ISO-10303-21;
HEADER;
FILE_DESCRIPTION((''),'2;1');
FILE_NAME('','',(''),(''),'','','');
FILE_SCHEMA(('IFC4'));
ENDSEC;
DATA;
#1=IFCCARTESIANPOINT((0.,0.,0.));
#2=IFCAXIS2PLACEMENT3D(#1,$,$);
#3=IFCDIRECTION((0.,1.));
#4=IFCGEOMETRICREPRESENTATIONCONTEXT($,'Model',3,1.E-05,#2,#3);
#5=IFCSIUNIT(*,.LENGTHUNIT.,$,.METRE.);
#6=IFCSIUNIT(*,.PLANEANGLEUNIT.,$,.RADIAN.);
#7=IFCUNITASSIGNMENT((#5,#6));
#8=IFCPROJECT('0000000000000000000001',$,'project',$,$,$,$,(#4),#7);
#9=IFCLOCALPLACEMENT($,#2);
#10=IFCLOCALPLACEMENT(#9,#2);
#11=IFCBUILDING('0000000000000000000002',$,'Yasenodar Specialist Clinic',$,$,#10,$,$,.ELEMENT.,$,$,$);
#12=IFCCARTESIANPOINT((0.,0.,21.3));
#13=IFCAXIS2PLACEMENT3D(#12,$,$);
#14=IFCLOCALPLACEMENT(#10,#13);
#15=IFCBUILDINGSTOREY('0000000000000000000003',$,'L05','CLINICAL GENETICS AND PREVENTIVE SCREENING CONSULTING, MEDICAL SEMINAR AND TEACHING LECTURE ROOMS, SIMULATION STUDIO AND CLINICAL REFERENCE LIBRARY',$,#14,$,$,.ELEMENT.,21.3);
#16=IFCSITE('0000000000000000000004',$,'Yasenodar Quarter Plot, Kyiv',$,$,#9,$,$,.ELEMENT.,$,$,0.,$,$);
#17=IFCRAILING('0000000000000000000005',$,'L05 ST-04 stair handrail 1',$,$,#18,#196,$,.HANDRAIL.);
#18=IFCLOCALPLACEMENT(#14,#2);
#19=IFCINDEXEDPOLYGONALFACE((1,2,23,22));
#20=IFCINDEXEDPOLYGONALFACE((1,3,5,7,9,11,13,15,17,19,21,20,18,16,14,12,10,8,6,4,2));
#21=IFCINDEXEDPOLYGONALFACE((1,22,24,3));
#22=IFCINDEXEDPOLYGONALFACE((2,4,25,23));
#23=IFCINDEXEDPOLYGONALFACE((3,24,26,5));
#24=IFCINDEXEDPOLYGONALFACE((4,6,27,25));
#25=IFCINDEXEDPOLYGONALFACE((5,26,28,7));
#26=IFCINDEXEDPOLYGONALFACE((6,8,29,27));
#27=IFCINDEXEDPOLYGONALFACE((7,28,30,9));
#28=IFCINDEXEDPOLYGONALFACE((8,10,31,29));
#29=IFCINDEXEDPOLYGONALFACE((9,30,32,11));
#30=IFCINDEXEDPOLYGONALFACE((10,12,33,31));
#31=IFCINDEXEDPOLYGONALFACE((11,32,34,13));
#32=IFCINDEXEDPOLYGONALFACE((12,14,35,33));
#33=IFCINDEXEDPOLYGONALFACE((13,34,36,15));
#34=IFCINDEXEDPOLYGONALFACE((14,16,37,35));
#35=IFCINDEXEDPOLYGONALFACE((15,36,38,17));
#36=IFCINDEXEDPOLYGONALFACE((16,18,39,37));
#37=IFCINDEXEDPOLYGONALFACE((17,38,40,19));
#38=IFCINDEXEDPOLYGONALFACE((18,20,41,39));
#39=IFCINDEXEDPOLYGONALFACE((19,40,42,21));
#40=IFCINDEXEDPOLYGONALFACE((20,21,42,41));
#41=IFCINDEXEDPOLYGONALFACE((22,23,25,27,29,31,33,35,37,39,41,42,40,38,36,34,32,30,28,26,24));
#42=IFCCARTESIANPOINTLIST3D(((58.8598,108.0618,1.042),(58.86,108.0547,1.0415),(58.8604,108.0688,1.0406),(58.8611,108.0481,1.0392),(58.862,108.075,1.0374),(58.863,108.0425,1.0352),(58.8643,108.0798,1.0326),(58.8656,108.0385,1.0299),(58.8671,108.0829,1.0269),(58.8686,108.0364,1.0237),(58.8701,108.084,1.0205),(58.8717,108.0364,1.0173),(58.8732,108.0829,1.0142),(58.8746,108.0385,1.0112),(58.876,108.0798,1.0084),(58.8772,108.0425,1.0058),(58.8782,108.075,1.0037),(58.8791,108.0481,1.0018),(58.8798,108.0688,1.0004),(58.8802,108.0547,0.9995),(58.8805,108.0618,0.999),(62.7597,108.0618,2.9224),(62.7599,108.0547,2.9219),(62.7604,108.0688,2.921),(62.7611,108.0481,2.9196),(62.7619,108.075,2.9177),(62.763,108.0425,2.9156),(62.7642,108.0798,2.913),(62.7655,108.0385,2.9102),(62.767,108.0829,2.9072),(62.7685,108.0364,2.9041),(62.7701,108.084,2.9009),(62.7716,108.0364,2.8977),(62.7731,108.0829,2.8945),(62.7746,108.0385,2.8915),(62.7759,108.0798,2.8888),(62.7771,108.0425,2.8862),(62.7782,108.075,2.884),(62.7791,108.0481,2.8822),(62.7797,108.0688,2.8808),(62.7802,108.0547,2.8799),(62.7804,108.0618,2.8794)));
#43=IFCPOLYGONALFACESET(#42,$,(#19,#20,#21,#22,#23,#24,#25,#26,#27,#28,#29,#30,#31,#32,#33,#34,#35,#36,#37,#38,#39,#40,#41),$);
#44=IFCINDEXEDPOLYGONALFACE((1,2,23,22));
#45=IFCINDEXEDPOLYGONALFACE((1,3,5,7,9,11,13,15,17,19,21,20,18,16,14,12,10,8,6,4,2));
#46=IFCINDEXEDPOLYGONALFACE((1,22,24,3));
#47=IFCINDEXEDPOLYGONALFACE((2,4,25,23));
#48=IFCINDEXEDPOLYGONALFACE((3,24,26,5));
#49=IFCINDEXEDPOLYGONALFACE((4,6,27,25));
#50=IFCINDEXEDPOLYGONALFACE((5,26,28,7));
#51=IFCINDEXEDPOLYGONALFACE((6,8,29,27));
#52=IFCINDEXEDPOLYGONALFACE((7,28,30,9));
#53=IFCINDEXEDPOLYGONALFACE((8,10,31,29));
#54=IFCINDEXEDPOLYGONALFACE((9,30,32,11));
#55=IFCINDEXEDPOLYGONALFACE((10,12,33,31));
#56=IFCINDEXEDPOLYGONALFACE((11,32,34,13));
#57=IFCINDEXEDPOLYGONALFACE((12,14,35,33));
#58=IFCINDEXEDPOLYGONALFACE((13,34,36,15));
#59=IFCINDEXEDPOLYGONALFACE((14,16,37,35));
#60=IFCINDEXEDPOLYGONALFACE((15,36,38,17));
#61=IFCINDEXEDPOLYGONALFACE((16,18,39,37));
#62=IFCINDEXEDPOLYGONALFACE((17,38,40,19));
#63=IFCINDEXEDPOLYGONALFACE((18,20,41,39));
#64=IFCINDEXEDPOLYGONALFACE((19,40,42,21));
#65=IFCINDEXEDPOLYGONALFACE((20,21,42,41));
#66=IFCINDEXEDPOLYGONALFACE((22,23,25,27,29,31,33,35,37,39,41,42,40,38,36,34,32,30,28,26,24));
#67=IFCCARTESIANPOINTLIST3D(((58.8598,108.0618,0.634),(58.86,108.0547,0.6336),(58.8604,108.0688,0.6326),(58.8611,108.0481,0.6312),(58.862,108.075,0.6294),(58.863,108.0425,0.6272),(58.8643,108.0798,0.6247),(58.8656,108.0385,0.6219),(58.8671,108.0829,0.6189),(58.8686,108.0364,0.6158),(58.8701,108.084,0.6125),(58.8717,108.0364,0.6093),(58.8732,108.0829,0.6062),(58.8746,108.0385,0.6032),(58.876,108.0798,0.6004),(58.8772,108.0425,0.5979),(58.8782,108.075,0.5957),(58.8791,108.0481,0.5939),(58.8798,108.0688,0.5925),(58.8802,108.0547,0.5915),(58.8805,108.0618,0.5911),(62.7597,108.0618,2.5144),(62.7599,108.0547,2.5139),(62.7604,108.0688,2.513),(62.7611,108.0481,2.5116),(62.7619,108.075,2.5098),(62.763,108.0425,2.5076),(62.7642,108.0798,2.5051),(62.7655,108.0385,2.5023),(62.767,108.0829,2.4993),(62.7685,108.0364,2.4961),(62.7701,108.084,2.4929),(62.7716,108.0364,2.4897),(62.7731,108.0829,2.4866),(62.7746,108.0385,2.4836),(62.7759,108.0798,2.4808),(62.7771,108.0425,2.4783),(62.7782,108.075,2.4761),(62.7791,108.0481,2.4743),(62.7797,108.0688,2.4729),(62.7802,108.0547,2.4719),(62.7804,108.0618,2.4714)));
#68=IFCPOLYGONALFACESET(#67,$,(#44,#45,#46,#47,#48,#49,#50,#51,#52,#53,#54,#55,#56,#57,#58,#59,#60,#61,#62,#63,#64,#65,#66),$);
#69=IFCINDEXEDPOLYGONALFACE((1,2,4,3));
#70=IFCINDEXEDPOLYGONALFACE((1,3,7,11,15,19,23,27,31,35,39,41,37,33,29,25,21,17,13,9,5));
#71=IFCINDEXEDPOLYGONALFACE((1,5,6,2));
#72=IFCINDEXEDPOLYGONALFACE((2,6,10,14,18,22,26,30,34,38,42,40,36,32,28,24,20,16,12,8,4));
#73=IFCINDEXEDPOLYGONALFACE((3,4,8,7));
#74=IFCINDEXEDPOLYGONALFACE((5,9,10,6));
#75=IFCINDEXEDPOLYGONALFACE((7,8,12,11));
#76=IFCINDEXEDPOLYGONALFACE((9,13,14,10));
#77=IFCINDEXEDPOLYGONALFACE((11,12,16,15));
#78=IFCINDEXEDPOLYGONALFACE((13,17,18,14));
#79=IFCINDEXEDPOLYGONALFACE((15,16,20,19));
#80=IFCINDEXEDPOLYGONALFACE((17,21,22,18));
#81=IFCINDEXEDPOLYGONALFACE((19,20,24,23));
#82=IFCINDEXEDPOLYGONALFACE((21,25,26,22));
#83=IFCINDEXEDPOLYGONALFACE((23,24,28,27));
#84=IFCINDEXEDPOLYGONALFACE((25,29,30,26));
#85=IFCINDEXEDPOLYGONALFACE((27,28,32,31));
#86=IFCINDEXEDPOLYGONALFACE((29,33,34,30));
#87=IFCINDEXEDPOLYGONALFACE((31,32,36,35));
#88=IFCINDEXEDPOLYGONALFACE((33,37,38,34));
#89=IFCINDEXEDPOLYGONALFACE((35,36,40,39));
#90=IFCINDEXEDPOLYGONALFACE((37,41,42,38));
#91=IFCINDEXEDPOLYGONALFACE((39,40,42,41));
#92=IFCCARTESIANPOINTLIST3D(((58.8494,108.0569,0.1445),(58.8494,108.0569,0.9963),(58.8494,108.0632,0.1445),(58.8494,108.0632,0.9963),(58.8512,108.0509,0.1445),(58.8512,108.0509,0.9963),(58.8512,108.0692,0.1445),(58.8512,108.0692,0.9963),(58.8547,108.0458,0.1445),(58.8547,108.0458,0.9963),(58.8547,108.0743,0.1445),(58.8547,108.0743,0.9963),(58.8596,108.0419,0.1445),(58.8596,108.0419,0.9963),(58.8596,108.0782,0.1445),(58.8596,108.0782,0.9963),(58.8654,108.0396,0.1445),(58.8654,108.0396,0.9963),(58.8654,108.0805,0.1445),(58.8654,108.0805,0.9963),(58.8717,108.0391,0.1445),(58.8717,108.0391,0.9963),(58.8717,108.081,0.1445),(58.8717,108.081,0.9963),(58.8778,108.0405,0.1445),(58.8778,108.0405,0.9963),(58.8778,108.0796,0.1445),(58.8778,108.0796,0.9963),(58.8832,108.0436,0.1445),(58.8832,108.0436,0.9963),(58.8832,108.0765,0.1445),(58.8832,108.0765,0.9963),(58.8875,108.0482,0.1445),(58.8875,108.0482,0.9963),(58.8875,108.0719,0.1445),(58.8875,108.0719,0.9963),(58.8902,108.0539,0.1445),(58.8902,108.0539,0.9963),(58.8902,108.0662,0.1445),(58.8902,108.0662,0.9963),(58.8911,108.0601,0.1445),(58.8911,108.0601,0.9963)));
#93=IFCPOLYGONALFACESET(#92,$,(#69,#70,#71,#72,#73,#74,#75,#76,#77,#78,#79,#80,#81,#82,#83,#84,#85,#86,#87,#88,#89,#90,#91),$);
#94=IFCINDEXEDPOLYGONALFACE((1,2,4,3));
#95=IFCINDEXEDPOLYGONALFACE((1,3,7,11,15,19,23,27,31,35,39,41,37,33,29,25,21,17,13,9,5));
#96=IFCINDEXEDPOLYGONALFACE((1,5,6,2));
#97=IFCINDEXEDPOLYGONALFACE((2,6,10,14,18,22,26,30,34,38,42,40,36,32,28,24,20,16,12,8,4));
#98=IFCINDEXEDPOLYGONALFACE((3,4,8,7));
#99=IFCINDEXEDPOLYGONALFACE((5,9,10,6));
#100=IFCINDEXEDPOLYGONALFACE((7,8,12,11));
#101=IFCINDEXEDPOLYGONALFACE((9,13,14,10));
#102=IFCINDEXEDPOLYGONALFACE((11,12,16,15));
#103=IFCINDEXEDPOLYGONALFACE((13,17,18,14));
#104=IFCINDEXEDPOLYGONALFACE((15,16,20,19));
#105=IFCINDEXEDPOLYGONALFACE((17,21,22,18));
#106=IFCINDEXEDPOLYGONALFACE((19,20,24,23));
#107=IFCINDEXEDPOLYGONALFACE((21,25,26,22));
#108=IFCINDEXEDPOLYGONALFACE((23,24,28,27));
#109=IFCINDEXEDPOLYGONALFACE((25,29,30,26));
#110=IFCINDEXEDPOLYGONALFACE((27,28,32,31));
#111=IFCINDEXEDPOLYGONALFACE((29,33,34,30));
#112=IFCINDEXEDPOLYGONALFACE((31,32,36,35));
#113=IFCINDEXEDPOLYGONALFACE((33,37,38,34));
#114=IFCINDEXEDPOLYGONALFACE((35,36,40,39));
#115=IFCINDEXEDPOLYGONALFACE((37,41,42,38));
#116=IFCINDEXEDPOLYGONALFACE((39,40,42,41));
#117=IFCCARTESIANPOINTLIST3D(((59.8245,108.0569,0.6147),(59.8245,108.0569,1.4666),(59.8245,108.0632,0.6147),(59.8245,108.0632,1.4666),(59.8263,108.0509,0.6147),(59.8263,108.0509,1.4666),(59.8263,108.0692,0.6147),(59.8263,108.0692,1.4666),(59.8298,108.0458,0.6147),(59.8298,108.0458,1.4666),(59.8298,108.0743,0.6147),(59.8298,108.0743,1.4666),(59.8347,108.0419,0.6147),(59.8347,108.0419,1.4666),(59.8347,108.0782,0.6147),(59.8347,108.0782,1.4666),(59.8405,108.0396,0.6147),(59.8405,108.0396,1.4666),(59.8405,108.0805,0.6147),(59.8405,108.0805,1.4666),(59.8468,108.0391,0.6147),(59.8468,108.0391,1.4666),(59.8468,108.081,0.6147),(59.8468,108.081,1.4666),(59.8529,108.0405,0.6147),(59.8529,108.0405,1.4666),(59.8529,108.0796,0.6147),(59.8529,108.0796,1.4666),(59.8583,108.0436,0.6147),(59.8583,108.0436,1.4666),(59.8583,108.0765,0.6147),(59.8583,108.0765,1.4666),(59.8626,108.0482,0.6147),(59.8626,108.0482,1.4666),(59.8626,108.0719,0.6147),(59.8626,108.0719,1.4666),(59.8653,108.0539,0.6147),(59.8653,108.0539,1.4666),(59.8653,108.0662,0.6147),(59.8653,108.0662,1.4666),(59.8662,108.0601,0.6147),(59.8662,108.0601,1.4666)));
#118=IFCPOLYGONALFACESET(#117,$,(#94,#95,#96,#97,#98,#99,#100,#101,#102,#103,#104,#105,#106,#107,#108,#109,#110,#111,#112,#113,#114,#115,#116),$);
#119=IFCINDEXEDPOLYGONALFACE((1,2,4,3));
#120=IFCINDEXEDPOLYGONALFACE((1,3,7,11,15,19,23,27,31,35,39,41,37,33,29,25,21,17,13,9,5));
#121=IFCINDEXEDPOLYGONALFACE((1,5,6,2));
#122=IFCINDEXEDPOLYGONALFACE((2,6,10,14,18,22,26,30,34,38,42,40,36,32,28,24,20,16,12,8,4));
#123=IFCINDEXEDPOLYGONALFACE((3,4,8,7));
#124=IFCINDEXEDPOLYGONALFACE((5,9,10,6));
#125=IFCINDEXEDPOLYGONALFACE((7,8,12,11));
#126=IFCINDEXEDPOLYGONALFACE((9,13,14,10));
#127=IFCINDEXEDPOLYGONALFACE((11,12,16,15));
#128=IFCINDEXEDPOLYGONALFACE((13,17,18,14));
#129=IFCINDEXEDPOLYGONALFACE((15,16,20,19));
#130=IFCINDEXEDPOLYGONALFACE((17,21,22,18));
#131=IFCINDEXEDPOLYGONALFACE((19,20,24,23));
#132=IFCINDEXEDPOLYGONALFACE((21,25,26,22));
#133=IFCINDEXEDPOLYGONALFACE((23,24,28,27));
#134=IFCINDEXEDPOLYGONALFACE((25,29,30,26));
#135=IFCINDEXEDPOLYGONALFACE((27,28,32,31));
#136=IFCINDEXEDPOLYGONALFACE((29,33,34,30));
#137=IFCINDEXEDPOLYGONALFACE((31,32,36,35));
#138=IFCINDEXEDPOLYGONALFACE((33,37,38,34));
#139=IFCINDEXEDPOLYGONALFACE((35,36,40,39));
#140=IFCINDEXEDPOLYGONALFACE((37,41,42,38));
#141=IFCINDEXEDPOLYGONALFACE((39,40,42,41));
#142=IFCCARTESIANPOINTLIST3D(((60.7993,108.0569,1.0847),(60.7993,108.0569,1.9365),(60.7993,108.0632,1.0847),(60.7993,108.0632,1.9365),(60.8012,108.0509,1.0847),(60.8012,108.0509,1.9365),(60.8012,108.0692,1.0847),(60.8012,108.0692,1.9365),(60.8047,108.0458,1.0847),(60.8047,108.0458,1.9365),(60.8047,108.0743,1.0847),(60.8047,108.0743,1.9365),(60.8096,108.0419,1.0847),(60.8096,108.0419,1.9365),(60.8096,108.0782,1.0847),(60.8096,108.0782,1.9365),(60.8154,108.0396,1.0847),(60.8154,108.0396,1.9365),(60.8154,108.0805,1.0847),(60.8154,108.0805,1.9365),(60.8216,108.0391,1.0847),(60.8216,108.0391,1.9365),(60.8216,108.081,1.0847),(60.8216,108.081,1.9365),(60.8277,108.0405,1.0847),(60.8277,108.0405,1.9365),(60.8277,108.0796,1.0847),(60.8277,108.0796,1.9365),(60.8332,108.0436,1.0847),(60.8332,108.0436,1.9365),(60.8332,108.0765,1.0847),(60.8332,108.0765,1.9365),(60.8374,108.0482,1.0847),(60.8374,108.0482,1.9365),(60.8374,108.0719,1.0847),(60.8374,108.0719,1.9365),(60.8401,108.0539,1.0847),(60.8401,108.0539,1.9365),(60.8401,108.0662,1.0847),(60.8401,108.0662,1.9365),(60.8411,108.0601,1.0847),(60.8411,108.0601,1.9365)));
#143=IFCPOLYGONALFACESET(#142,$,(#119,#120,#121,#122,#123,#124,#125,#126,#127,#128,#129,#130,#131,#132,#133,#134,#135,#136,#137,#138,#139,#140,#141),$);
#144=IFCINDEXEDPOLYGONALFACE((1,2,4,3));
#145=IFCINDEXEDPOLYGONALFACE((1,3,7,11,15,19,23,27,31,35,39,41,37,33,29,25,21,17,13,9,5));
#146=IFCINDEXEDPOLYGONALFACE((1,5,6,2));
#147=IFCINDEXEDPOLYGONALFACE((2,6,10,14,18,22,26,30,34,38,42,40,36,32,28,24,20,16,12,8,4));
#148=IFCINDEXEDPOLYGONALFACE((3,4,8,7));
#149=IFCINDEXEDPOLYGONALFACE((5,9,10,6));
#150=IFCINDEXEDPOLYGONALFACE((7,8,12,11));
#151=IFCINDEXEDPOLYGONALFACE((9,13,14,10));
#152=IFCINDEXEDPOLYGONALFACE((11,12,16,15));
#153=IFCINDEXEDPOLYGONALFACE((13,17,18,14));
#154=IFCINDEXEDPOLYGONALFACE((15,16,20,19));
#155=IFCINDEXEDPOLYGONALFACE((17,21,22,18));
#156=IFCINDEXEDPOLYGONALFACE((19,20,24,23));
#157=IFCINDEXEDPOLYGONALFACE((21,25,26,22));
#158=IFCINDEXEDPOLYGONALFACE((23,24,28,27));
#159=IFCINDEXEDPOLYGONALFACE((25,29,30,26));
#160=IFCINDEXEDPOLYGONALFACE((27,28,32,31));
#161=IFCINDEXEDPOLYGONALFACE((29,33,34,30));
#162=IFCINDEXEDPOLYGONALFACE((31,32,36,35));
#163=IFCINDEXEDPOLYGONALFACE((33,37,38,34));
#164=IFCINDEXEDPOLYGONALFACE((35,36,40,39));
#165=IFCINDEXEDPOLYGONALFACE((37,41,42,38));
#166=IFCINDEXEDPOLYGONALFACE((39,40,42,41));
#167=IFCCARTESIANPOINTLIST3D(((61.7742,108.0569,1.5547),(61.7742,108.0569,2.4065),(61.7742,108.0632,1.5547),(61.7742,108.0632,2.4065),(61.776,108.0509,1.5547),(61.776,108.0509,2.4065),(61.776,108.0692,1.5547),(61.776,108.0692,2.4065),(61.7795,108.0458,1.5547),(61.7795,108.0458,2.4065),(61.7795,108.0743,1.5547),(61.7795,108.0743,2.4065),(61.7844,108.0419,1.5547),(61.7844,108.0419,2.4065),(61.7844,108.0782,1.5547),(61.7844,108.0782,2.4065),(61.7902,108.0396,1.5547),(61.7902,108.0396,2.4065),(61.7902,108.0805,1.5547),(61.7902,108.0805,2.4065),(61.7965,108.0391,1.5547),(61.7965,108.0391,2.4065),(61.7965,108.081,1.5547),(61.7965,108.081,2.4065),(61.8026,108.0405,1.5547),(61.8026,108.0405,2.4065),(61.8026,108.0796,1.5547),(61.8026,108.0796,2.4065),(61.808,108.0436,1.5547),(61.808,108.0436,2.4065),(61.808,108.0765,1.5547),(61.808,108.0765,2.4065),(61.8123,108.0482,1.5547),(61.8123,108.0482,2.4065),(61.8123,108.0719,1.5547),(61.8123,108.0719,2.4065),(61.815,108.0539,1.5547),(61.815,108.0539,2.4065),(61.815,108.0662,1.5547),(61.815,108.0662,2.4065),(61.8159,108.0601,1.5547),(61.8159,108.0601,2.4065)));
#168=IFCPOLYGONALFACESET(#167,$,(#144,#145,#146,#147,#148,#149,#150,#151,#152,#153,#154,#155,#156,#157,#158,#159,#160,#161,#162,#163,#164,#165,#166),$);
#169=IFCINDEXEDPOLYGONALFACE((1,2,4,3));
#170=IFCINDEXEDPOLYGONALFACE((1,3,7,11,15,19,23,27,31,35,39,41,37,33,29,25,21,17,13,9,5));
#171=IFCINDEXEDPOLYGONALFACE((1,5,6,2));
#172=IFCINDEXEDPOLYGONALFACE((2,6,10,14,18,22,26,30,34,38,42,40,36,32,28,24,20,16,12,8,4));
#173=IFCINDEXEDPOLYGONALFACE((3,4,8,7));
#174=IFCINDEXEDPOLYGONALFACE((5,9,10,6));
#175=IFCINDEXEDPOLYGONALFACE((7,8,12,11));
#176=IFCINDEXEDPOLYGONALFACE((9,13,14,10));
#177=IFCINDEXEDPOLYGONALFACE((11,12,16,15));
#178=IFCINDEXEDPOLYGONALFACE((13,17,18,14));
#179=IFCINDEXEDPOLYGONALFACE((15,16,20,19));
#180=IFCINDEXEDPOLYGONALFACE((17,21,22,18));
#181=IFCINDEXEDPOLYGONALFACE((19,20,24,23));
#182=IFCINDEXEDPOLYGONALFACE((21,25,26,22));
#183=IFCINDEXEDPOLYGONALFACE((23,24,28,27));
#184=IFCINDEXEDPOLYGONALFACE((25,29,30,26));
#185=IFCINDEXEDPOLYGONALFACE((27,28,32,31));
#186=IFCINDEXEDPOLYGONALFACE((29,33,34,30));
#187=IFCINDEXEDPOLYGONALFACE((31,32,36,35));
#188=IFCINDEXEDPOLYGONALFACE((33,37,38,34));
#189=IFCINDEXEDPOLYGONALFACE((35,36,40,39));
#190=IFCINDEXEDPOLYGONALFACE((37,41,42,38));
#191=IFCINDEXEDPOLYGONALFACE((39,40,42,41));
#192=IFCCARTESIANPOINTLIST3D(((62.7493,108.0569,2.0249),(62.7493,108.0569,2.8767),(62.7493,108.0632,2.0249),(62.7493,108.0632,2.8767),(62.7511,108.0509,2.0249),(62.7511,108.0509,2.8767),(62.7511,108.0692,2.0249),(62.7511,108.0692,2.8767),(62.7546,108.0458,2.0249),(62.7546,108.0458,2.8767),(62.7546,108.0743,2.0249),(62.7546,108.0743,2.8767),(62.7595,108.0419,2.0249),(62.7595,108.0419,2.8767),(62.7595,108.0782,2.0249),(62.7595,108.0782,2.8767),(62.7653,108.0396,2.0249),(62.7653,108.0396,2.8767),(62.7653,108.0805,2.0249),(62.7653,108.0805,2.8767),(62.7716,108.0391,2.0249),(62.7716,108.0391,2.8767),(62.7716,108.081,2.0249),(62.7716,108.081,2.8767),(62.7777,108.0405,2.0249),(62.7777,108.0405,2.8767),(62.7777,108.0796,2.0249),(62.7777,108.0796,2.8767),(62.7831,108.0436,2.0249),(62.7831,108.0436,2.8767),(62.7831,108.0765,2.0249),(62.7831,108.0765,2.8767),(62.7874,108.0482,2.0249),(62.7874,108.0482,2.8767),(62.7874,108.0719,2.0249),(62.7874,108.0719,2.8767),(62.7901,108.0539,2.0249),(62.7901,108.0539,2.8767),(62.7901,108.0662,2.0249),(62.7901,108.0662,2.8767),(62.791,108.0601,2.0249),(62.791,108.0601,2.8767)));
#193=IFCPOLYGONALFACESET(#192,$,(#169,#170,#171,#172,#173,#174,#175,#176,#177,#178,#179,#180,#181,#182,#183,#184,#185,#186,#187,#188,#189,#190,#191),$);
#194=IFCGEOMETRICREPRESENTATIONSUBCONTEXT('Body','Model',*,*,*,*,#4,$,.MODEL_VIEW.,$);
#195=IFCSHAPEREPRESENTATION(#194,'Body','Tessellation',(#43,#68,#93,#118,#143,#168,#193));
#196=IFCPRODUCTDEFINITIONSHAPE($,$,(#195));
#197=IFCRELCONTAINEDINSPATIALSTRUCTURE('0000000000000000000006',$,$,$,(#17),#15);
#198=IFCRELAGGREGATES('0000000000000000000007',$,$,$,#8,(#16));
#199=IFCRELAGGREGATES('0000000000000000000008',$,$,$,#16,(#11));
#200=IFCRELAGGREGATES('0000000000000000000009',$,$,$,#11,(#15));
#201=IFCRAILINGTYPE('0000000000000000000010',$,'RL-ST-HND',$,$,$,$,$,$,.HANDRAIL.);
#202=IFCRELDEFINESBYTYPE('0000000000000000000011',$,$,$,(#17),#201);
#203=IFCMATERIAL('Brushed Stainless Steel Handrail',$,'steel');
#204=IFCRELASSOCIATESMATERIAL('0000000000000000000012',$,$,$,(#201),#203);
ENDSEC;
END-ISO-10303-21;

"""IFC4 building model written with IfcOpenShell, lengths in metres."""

from ifc_helpers import new_model, si_unit, direction, frame, origin, origin_2d, place, context, subcontext, project, spatial, circle, extrude, material, type_object, element, save


model = new_model("IFC4")

# Units and contexts
model_context = context("Model", 3, precision=1e-05, world=origin(), true_north=direction((0.0, 1.0)))
body_context = subcontext(model_context, "Body", "Model", "MODEL_VIEW")
ifc_project = project(units=[si_unit("LENGTHUNIT", "METRE"), si_unit("PLANEANGLEUNIT", "RADIAN")], contexts=[model_context])

# Site, building, storey
site_placement = place(None, origin())
site = spatial("IfcSite", under=ifc_project, at=site_placement, Name="Yasenodar Quarter Plot, Kyiv", CompositionType="ELEMENT", RefElevation=0.0)
building_placement = place(site_placement, origin())
building = spatial("IfcBuilding", under=site, at=building_placement, Name="Yasenodar Specialist Clinic", CompositionType="ELEMENT")
storey_placement = place(building_placement, frame((0.0, 0.0, 21.3)))
storey = spatial("IfcBuildingStorey", under=building, at=storey_placement, Name="L05", Description="CLINICAL GENETICS AND PREVENTIVE SCREENING CONSULTING, MEDICAL SEMINAR AND TEACHING LECTURE ROOMS, SIMULATION STUDIO AND CLINICAL REFERENCE LIBRARY", CompositionType="ELEMENT", Elevation=21.3)

# Railing
ifc_material_1 = material(Name="Brushed Stainless Steel Handrail", Category="steel")
railing_type_1 = type_object("IfcRailingType", Name="RL-ST-HND", PredefinedType="HANDRAIL", material=ifc_material_1)
railing_1_placement = place(storey_placement, frame((58.8701, 108.0601, 0.1445)))
element("IfcRailing", 1, at=railing_1_placement, inside=storey, type_object=railing_type_1, Name="L05 ST-04 stair handrail 1", PredefinedType="HANDRAIL", context=body_context, shape_type="SweptSolid", body=[
    extrude(circle(Radius=0.0239, at=origin_2d()), frame((0.0, 0.0, 0.876), z_axis=(0.900763, 0.0, 0.434311), x_axis=(0.0, 1.0, 0.0)), (0.0, 0.0, 1.0), 4.3296),
    extrude(circle(Radius=0.0239, at=origin_2d()), frame((0.0, 0.0, 0.468), z_axis=(0.900763, 0.0, 0.434311), x_axis=(0.0, 1.0, 0.0)), (0.0, 0.0, 1.0), 4.3296),
    extrude(circle(Radius=0.021, at=origin_2d()), origin(), (0.0, 0.0, 1.0), 0.8518),
    extrude(circle(Radius=0.021, at=origin_2d()), frame((0.9751, 0.0, 0.4702)), (0.0, 0.0, 1.0), 0.8518),
    extrude(circle(Radius=0.021, at=origin_2d()), frame((1.95, 0.0, 0.9402)), (0.0, 0.0, 1.0), 0.8518),
    extrude(circle(Radius=0.021, at=origin_2d()), frame((2.9248, 0.0, 1.4102)), (0.0, 0.0, 1.0), 0.8518),
    extrude(circle(Radius=0.021, at=origin_2d()), frame((3.8999, 0.0, 1.8804)), (0.0, 0.0, 1.0), 0.8518),
])

save(model, "model.ifc")
